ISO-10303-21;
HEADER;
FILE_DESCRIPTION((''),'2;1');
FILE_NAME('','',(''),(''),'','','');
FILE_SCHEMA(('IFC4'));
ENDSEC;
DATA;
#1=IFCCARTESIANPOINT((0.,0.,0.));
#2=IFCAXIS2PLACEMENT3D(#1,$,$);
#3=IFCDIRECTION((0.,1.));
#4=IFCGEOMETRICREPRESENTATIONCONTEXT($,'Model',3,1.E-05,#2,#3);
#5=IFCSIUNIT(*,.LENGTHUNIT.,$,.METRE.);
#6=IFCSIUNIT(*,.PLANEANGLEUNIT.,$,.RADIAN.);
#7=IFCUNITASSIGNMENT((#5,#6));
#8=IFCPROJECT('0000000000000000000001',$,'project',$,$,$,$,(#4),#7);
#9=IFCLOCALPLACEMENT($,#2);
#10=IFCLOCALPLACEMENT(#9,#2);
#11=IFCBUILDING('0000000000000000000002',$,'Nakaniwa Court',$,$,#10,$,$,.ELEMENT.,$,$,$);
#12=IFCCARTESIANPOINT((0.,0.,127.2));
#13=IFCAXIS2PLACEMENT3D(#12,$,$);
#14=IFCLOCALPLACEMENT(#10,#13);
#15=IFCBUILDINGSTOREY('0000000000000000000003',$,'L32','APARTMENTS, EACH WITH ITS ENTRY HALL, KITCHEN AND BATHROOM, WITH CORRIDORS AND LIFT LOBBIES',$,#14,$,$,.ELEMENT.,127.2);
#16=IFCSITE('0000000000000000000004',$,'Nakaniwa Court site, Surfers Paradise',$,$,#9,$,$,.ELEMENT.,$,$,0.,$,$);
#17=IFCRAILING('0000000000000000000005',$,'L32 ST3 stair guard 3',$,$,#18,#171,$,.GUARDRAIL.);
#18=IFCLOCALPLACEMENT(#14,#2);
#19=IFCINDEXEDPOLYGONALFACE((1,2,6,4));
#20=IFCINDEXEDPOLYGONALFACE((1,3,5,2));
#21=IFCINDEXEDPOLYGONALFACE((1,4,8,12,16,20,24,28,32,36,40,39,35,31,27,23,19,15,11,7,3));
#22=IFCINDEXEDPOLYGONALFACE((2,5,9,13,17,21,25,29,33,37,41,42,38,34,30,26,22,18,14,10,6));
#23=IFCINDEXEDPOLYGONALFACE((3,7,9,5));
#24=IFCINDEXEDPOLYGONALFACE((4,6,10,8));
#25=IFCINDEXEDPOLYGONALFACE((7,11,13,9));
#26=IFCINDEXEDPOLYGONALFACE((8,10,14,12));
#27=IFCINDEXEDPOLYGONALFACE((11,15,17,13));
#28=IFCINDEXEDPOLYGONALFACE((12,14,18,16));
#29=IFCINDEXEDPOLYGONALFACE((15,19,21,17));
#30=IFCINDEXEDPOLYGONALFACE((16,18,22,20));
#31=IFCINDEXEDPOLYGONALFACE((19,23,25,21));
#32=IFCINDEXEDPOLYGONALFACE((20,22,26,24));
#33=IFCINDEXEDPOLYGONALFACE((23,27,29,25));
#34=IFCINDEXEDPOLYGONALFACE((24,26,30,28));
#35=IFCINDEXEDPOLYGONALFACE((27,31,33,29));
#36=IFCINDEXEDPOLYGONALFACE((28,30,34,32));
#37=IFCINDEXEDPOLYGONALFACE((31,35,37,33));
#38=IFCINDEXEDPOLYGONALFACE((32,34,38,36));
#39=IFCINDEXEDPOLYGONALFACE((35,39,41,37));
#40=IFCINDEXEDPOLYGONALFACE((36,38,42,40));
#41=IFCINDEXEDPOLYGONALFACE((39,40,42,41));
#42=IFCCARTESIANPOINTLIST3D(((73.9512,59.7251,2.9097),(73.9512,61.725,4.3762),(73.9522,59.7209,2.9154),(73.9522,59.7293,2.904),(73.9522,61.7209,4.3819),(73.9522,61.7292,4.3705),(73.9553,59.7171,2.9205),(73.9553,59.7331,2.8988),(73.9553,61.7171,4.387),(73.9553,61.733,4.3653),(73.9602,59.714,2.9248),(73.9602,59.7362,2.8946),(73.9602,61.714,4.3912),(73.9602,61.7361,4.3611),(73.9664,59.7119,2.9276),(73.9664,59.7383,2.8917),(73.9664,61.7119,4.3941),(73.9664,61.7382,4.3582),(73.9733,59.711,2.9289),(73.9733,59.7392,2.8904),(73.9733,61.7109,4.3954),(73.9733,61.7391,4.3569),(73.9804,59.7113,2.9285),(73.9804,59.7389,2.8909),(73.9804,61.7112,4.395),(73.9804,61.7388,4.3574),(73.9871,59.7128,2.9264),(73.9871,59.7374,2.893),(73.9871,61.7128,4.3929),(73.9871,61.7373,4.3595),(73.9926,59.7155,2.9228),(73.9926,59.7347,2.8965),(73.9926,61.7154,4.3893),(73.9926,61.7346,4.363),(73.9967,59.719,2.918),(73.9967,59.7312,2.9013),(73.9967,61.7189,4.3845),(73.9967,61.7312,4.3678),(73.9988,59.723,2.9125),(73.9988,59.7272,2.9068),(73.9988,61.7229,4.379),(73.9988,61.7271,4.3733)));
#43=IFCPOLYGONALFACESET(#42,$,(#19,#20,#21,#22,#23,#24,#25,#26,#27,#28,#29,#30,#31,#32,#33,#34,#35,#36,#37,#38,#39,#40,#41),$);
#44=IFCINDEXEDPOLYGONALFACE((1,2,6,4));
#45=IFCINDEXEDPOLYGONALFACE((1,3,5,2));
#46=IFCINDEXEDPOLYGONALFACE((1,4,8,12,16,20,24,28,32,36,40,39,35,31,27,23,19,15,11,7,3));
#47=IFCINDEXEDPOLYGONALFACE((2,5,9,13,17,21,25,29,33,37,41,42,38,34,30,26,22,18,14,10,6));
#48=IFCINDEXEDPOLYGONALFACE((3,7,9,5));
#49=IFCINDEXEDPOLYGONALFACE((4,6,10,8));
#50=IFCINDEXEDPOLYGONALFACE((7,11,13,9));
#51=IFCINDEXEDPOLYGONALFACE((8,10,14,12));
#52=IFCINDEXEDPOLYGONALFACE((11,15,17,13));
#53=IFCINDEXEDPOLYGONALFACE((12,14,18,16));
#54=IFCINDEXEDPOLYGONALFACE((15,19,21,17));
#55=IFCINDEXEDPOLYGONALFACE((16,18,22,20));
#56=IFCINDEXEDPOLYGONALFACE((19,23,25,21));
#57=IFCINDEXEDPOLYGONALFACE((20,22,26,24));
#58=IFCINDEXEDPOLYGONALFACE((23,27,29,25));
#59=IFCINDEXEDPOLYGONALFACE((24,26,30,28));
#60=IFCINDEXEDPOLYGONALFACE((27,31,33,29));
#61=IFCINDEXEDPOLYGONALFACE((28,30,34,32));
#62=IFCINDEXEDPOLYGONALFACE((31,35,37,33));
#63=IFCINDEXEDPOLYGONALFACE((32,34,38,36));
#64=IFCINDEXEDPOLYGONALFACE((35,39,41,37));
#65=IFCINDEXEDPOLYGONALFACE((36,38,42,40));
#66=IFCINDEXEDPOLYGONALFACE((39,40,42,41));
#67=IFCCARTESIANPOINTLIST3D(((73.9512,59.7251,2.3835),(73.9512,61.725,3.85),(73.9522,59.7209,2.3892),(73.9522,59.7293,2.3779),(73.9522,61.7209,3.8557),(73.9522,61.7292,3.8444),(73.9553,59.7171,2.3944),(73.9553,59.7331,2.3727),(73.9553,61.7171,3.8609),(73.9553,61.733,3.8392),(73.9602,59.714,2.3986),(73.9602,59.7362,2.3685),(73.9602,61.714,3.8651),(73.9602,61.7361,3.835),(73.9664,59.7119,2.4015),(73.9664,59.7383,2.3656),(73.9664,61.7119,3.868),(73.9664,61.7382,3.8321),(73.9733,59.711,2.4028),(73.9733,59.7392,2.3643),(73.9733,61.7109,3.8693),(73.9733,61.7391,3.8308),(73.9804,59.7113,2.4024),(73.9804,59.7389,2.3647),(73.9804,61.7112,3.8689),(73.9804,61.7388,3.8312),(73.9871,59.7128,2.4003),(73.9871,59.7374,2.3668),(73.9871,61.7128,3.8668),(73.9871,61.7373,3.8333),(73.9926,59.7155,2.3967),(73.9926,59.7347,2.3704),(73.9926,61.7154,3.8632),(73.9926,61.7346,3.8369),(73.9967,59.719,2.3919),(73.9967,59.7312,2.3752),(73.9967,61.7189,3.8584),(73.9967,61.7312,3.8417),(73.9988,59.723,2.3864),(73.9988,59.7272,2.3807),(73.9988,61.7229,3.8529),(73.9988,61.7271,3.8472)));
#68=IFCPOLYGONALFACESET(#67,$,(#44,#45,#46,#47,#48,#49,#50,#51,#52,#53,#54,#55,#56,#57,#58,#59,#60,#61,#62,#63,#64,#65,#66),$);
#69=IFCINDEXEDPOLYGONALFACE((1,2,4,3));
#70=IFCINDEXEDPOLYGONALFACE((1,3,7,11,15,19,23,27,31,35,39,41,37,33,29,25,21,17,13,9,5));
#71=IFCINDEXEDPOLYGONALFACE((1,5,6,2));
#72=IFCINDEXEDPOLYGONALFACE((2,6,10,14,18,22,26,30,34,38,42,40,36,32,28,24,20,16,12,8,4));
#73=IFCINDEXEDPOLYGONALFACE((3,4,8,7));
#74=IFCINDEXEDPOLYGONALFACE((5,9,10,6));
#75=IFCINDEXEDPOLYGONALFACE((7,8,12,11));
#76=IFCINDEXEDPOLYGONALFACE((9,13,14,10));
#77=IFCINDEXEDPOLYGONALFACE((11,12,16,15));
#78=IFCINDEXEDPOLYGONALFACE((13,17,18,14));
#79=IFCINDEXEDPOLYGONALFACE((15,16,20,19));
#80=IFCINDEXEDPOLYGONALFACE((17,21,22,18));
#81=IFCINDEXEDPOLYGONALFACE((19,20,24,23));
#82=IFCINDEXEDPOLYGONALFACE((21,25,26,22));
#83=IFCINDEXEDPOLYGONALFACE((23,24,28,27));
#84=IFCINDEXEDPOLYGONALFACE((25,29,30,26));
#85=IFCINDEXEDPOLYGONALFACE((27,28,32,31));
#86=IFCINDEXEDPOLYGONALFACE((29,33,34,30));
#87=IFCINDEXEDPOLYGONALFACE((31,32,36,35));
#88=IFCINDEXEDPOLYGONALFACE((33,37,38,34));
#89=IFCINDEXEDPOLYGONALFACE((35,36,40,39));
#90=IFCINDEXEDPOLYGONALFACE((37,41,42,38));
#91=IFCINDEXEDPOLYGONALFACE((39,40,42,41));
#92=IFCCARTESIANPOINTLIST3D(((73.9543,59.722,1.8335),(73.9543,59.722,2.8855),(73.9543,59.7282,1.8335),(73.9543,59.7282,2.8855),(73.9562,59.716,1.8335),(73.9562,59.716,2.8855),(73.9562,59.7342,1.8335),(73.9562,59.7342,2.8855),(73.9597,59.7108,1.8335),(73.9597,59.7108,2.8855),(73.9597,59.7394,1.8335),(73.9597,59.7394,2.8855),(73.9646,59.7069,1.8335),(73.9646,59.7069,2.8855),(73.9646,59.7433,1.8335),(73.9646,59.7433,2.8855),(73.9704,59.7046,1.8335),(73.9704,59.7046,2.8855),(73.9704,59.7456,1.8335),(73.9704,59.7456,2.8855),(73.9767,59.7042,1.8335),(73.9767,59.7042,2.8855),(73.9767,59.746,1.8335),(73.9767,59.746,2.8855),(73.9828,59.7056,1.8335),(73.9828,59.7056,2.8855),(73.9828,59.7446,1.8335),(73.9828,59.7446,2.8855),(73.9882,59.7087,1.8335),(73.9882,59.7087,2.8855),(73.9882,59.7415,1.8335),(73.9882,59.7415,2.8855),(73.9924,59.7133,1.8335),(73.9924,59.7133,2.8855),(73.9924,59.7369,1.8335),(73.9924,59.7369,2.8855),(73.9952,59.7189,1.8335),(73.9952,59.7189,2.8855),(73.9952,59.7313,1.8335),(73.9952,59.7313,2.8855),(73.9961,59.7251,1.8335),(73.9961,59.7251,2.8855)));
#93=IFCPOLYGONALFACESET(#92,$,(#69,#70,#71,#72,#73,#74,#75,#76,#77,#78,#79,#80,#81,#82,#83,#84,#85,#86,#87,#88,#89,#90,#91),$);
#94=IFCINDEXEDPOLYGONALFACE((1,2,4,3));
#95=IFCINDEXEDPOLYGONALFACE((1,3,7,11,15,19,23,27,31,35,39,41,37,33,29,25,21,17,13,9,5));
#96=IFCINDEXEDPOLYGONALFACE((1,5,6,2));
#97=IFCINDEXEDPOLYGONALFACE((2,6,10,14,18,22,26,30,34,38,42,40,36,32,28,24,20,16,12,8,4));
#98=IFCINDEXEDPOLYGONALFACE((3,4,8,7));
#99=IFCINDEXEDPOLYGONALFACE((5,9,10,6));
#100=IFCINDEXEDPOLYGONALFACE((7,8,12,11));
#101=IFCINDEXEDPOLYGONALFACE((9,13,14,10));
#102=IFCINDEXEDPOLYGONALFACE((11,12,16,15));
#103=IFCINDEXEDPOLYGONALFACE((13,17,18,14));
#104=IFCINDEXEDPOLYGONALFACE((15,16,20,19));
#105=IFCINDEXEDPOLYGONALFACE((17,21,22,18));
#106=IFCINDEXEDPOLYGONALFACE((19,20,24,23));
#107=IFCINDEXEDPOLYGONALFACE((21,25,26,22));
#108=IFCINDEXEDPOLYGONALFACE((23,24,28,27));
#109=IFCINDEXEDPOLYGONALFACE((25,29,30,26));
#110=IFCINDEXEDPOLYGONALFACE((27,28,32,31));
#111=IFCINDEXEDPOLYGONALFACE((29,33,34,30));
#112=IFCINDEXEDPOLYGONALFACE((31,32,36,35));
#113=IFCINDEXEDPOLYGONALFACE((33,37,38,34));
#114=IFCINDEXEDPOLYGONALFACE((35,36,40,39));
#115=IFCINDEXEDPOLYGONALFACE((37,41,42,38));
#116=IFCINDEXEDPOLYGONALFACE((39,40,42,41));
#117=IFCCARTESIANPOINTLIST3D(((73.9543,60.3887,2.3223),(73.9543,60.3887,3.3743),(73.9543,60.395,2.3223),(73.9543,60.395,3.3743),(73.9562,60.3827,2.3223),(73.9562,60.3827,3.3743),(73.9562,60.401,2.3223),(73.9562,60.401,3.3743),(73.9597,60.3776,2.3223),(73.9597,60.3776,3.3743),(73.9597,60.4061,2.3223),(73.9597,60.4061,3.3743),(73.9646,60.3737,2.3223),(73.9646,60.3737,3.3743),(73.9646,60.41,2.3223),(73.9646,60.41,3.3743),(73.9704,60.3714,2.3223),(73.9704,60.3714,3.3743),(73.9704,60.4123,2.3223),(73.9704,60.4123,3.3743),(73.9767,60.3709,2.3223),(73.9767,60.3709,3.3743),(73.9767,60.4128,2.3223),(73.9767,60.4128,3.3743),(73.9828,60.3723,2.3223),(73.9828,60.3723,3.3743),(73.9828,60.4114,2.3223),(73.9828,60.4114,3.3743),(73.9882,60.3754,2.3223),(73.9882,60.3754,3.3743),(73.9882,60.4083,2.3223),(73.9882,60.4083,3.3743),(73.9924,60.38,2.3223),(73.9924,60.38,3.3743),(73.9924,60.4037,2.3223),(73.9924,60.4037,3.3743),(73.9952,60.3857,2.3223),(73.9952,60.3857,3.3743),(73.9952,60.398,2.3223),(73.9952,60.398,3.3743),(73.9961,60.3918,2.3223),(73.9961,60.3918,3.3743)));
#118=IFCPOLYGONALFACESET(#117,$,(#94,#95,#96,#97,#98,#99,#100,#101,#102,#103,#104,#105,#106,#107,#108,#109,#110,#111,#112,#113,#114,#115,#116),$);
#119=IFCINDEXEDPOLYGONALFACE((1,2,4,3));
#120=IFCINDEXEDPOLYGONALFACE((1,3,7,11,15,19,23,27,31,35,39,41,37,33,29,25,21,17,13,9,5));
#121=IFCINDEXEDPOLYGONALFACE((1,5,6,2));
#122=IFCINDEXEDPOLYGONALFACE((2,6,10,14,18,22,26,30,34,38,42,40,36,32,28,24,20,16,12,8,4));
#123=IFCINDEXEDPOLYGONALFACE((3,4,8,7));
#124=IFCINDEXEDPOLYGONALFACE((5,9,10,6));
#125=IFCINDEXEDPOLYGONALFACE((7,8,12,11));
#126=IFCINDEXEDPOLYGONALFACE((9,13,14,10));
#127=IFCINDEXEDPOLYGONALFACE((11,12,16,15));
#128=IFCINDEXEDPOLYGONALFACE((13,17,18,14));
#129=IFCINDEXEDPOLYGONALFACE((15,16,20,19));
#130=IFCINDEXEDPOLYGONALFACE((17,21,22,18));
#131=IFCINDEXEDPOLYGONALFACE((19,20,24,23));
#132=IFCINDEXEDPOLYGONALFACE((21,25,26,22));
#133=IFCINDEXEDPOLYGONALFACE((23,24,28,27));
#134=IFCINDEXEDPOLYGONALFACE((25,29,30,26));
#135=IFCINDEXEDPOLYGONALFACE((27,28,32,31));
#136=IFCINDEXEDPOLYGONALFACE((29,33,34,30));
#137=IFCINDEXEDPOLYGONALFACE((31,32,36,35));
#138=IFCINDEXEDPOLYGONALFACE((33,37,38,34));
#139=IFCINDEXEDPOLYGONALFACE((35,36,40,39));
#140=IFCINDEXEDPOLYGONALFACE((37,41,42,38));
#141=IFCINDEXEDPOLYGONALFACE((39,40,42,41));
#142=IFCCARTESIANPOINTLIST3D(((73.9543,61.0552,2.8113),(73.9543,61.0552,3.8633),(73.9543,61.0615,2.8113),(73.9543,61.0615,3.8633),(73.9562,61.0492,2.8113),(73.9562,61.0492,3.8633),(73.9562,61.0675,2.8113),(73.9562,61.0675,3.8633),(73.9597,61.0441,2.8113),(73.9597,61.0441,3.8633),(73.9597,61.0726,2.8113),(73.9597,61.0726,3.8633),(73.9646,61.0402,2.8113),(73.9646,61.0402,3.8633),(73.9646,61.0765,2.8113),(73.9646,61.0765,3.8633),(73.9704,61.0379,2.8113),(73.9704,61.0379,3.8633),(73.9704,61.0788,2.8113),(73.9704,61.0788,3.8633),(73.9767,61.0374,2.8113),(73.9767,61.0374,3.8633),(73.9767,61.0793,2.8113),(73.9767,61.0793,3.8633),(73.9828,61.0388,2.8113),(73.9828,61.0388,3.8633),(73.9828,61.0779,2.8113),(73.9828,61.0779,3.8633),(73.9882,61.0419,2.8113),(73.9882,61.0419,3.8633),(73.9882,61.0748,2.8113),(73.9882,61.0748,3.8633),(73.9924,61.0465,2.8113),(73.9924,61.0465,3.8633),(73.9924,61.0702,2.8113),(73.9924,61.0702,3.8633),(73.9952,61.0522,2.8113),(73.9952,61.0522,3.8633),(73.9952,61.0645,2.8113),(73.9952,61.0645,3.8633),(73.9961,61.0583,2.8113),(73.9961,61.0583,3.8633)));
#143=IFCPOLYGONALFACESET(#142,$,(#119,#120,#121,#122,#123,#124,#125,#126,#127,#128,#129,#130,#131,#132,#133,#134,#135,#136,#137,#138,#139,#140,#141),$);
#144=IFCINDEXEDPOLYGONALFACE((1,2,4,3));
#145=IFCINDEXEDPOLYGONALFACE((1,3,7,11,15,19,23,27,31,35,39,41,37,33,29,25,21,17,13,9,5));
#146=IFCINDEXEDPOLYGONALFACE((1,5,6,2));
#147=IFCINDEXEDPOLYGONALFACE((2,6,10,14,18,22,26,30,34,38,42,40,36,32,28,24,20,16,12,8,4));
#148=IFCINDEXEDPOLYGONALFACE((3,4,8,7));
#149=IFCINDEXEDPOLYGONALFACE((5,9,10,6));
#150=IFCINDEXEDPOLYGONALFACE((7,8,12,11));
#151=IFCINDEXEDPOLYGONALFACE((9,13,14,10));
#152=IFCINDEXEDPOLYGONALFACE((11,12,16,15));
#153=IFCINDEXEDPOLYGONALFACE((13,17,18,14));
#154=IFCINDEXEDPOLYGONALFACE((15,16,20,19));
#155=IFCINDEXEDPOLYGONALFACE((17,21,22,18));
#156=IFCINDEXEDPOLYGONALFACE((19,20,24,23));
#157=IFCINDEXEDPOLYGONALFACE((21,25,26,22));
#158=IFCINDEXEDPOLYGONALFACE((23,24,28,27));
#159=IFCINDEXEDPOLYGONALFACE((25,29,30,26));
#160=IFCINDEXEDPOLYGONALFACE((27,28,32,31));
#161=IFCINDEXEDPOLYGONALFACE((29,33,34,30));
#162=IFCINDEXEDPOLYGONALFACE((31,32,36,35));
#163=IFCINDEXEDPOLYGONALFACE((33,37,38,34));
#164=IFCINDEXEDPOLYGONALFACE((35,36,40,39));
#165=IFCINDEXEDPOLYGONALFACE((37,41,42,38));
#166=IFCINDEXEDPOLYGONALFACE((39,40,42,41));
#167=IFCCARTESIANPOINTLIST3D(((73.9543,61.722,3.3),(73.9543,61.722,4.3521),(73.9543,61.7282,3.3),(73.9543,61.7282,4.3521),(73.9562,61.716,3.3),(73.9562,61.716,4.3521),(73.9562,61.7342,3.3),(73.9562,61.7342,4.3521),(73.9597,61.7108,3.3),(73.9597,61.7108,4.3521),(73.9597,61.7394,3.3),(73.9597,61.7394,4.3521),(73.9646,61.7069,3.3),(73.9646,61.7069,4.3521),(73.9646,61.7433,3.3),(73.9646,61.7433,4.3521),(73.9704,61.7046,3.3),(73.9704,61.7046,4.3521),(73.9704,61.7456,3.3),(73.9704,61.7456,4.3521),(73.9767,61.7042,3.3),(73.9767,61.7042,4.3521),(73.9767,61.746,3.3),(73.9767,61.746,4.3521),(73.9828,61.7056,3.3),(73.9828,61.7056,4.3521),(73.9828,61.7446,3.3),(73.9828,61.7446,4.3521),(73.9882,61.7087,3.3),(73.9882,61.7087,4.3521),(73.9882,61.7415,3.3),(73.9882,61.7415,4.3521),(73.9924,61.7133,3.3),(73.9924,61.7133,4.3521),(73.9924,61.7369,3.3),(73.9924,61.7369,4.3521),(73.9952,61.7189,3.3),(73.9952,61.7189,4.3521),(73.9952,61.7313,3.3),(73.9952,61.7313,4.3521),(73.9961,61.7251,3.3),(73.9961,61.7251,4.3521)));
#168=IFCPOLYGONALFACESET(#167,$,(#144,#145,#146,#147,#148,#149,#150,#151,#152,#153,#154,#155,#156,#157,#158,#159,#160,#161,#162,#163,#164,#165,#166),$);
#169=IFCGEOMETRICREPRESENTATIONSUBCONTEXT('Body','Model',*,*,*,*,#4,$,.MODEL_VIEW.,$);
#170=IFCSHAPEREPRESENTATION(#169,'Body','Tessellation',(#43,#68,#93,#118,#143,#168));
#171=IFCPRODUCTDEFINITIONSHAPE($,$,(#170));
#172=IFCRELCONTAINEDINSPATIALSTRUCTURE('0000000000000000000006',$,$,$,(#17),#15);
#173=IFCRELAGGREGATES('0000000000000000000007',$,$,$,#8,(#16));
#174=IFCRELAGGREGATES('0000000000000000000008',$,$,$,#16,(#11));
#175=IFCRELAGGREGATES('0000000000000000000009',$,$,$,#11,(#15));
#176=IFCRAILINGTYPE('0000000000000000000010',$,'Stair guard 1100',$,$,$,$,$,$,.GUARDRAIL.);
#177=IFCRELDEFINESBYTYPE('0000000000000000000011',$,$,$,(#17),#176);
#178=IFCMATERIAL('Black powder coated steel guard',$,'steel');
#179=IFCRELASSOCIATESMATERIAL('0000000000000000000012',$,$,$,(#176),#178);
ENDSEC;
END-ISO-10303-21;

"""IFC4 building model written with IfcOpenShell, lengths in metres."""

from ifc_helpers import new_model, si_unit, direction, frame, origin, origin_2d, place, context, subcontext, project, spatial, circle, extrude, material, type_object, element, save


model = new_model("IFC4")

# Units and contexts
model_context = context("Model", 3, precision=1e-05, world=origin(), true_north=direction((0.0, 1.0)))
body_context = subcontext(model_context, "Body", "Model", "MODEL_VIEW")
ifc_project = project(units=[si_unit("LENGTHUNIT", "METRE"), si_unit("PLANEANGLEUNIT", "RADIAN")], contexts=[model_context])

# Site, building, storey
site_placement = place(None, origin())
site = spatial("IfcSite", under=ifc_project, at=site_placement, Name="Nakaniwa Court site, Surfers Paradise", CompositionType="ELEMENT", RefElevation=0.0)
building_placement = place(site_placement, origin())
building = spatial("IfcBuilding", under=site, at=building_placement, Name="Nakaniwa Court", CompositionType="ELEMENT")
storey_placement = place(building_placement, frame((0.0, 0.0, 127.2)))
storey = spatial("IfcBuildingStorey", under=building, at=storey_placement, Name="L32", Description="APARTMENTS, EACH WITH ITS ENTRY HALL, KITCHEN AND BATHROOM, WITH CORRIDORS AND LIFT LOBBIES", CompositionType="ELEMENT", Elevation=127.2)

# Railing
ifc_material_1 = material(Name="Black powder coated steel guard", Category="steel")
railing_type_1 = type_object("IfcRailingType", Name="Stair guard 1100", PredefinedType="GUARDRAIL", material=ifc_material_1)
railing_1_placement = place(storey_placement, frame((73.9751, 59.7251, 1.8335)))
element("IfcRailing", 1, at=railing_1_placement, inside=storey, type_object=railing_type_1, Name="L32 ST3 stair guard 3", PredefinedType="GUARDRAIL", context=body_context, shape_type="SweptSolid", body=[
    extrude(circle(Radius=0.0239, at=origin_2d()), frame((0.0, 0.0, 1.0762), z_axis=(0.0, 0.806427, 0.591334), x_axis=(-1.0, 0.0, 0.0)), (0.0, 0.0, 1.0), 2.48),
    extrude(circle(Radius=0.0239, at=origin_2d()), frame((0.0, 0.0, 0.55), z_axis=(0.0, 0.806427, 0.591334), x_axis=(-1.0, 0.0, 0.0)), (0.0, 0.0, 1.0), 2.48),
    extrude(circle(Radius=0.021, at=origin_2d()), origin(), (0.0, 0.0, 1.0), 1.052),
    extrude(circle(Radius=0.021, at=origin_2d()), frame((0.0, 0.6667, 0.4888)), (0.0, 0.0, 1.0), 1.052),
    extrude(circle(Radius=0.021, at=origin_2d()), frame((0.0, 1.3333, 0.9778)), (0.0, 0.0, 1.0), 1.052),
    extrude(circle(Radius=0.021, at=origin_2d()), frame((0.0, 2.0, 1.4666)), (0.0, 0.0, 1.0), 1.052),
])

save(model, "model.ifc")
